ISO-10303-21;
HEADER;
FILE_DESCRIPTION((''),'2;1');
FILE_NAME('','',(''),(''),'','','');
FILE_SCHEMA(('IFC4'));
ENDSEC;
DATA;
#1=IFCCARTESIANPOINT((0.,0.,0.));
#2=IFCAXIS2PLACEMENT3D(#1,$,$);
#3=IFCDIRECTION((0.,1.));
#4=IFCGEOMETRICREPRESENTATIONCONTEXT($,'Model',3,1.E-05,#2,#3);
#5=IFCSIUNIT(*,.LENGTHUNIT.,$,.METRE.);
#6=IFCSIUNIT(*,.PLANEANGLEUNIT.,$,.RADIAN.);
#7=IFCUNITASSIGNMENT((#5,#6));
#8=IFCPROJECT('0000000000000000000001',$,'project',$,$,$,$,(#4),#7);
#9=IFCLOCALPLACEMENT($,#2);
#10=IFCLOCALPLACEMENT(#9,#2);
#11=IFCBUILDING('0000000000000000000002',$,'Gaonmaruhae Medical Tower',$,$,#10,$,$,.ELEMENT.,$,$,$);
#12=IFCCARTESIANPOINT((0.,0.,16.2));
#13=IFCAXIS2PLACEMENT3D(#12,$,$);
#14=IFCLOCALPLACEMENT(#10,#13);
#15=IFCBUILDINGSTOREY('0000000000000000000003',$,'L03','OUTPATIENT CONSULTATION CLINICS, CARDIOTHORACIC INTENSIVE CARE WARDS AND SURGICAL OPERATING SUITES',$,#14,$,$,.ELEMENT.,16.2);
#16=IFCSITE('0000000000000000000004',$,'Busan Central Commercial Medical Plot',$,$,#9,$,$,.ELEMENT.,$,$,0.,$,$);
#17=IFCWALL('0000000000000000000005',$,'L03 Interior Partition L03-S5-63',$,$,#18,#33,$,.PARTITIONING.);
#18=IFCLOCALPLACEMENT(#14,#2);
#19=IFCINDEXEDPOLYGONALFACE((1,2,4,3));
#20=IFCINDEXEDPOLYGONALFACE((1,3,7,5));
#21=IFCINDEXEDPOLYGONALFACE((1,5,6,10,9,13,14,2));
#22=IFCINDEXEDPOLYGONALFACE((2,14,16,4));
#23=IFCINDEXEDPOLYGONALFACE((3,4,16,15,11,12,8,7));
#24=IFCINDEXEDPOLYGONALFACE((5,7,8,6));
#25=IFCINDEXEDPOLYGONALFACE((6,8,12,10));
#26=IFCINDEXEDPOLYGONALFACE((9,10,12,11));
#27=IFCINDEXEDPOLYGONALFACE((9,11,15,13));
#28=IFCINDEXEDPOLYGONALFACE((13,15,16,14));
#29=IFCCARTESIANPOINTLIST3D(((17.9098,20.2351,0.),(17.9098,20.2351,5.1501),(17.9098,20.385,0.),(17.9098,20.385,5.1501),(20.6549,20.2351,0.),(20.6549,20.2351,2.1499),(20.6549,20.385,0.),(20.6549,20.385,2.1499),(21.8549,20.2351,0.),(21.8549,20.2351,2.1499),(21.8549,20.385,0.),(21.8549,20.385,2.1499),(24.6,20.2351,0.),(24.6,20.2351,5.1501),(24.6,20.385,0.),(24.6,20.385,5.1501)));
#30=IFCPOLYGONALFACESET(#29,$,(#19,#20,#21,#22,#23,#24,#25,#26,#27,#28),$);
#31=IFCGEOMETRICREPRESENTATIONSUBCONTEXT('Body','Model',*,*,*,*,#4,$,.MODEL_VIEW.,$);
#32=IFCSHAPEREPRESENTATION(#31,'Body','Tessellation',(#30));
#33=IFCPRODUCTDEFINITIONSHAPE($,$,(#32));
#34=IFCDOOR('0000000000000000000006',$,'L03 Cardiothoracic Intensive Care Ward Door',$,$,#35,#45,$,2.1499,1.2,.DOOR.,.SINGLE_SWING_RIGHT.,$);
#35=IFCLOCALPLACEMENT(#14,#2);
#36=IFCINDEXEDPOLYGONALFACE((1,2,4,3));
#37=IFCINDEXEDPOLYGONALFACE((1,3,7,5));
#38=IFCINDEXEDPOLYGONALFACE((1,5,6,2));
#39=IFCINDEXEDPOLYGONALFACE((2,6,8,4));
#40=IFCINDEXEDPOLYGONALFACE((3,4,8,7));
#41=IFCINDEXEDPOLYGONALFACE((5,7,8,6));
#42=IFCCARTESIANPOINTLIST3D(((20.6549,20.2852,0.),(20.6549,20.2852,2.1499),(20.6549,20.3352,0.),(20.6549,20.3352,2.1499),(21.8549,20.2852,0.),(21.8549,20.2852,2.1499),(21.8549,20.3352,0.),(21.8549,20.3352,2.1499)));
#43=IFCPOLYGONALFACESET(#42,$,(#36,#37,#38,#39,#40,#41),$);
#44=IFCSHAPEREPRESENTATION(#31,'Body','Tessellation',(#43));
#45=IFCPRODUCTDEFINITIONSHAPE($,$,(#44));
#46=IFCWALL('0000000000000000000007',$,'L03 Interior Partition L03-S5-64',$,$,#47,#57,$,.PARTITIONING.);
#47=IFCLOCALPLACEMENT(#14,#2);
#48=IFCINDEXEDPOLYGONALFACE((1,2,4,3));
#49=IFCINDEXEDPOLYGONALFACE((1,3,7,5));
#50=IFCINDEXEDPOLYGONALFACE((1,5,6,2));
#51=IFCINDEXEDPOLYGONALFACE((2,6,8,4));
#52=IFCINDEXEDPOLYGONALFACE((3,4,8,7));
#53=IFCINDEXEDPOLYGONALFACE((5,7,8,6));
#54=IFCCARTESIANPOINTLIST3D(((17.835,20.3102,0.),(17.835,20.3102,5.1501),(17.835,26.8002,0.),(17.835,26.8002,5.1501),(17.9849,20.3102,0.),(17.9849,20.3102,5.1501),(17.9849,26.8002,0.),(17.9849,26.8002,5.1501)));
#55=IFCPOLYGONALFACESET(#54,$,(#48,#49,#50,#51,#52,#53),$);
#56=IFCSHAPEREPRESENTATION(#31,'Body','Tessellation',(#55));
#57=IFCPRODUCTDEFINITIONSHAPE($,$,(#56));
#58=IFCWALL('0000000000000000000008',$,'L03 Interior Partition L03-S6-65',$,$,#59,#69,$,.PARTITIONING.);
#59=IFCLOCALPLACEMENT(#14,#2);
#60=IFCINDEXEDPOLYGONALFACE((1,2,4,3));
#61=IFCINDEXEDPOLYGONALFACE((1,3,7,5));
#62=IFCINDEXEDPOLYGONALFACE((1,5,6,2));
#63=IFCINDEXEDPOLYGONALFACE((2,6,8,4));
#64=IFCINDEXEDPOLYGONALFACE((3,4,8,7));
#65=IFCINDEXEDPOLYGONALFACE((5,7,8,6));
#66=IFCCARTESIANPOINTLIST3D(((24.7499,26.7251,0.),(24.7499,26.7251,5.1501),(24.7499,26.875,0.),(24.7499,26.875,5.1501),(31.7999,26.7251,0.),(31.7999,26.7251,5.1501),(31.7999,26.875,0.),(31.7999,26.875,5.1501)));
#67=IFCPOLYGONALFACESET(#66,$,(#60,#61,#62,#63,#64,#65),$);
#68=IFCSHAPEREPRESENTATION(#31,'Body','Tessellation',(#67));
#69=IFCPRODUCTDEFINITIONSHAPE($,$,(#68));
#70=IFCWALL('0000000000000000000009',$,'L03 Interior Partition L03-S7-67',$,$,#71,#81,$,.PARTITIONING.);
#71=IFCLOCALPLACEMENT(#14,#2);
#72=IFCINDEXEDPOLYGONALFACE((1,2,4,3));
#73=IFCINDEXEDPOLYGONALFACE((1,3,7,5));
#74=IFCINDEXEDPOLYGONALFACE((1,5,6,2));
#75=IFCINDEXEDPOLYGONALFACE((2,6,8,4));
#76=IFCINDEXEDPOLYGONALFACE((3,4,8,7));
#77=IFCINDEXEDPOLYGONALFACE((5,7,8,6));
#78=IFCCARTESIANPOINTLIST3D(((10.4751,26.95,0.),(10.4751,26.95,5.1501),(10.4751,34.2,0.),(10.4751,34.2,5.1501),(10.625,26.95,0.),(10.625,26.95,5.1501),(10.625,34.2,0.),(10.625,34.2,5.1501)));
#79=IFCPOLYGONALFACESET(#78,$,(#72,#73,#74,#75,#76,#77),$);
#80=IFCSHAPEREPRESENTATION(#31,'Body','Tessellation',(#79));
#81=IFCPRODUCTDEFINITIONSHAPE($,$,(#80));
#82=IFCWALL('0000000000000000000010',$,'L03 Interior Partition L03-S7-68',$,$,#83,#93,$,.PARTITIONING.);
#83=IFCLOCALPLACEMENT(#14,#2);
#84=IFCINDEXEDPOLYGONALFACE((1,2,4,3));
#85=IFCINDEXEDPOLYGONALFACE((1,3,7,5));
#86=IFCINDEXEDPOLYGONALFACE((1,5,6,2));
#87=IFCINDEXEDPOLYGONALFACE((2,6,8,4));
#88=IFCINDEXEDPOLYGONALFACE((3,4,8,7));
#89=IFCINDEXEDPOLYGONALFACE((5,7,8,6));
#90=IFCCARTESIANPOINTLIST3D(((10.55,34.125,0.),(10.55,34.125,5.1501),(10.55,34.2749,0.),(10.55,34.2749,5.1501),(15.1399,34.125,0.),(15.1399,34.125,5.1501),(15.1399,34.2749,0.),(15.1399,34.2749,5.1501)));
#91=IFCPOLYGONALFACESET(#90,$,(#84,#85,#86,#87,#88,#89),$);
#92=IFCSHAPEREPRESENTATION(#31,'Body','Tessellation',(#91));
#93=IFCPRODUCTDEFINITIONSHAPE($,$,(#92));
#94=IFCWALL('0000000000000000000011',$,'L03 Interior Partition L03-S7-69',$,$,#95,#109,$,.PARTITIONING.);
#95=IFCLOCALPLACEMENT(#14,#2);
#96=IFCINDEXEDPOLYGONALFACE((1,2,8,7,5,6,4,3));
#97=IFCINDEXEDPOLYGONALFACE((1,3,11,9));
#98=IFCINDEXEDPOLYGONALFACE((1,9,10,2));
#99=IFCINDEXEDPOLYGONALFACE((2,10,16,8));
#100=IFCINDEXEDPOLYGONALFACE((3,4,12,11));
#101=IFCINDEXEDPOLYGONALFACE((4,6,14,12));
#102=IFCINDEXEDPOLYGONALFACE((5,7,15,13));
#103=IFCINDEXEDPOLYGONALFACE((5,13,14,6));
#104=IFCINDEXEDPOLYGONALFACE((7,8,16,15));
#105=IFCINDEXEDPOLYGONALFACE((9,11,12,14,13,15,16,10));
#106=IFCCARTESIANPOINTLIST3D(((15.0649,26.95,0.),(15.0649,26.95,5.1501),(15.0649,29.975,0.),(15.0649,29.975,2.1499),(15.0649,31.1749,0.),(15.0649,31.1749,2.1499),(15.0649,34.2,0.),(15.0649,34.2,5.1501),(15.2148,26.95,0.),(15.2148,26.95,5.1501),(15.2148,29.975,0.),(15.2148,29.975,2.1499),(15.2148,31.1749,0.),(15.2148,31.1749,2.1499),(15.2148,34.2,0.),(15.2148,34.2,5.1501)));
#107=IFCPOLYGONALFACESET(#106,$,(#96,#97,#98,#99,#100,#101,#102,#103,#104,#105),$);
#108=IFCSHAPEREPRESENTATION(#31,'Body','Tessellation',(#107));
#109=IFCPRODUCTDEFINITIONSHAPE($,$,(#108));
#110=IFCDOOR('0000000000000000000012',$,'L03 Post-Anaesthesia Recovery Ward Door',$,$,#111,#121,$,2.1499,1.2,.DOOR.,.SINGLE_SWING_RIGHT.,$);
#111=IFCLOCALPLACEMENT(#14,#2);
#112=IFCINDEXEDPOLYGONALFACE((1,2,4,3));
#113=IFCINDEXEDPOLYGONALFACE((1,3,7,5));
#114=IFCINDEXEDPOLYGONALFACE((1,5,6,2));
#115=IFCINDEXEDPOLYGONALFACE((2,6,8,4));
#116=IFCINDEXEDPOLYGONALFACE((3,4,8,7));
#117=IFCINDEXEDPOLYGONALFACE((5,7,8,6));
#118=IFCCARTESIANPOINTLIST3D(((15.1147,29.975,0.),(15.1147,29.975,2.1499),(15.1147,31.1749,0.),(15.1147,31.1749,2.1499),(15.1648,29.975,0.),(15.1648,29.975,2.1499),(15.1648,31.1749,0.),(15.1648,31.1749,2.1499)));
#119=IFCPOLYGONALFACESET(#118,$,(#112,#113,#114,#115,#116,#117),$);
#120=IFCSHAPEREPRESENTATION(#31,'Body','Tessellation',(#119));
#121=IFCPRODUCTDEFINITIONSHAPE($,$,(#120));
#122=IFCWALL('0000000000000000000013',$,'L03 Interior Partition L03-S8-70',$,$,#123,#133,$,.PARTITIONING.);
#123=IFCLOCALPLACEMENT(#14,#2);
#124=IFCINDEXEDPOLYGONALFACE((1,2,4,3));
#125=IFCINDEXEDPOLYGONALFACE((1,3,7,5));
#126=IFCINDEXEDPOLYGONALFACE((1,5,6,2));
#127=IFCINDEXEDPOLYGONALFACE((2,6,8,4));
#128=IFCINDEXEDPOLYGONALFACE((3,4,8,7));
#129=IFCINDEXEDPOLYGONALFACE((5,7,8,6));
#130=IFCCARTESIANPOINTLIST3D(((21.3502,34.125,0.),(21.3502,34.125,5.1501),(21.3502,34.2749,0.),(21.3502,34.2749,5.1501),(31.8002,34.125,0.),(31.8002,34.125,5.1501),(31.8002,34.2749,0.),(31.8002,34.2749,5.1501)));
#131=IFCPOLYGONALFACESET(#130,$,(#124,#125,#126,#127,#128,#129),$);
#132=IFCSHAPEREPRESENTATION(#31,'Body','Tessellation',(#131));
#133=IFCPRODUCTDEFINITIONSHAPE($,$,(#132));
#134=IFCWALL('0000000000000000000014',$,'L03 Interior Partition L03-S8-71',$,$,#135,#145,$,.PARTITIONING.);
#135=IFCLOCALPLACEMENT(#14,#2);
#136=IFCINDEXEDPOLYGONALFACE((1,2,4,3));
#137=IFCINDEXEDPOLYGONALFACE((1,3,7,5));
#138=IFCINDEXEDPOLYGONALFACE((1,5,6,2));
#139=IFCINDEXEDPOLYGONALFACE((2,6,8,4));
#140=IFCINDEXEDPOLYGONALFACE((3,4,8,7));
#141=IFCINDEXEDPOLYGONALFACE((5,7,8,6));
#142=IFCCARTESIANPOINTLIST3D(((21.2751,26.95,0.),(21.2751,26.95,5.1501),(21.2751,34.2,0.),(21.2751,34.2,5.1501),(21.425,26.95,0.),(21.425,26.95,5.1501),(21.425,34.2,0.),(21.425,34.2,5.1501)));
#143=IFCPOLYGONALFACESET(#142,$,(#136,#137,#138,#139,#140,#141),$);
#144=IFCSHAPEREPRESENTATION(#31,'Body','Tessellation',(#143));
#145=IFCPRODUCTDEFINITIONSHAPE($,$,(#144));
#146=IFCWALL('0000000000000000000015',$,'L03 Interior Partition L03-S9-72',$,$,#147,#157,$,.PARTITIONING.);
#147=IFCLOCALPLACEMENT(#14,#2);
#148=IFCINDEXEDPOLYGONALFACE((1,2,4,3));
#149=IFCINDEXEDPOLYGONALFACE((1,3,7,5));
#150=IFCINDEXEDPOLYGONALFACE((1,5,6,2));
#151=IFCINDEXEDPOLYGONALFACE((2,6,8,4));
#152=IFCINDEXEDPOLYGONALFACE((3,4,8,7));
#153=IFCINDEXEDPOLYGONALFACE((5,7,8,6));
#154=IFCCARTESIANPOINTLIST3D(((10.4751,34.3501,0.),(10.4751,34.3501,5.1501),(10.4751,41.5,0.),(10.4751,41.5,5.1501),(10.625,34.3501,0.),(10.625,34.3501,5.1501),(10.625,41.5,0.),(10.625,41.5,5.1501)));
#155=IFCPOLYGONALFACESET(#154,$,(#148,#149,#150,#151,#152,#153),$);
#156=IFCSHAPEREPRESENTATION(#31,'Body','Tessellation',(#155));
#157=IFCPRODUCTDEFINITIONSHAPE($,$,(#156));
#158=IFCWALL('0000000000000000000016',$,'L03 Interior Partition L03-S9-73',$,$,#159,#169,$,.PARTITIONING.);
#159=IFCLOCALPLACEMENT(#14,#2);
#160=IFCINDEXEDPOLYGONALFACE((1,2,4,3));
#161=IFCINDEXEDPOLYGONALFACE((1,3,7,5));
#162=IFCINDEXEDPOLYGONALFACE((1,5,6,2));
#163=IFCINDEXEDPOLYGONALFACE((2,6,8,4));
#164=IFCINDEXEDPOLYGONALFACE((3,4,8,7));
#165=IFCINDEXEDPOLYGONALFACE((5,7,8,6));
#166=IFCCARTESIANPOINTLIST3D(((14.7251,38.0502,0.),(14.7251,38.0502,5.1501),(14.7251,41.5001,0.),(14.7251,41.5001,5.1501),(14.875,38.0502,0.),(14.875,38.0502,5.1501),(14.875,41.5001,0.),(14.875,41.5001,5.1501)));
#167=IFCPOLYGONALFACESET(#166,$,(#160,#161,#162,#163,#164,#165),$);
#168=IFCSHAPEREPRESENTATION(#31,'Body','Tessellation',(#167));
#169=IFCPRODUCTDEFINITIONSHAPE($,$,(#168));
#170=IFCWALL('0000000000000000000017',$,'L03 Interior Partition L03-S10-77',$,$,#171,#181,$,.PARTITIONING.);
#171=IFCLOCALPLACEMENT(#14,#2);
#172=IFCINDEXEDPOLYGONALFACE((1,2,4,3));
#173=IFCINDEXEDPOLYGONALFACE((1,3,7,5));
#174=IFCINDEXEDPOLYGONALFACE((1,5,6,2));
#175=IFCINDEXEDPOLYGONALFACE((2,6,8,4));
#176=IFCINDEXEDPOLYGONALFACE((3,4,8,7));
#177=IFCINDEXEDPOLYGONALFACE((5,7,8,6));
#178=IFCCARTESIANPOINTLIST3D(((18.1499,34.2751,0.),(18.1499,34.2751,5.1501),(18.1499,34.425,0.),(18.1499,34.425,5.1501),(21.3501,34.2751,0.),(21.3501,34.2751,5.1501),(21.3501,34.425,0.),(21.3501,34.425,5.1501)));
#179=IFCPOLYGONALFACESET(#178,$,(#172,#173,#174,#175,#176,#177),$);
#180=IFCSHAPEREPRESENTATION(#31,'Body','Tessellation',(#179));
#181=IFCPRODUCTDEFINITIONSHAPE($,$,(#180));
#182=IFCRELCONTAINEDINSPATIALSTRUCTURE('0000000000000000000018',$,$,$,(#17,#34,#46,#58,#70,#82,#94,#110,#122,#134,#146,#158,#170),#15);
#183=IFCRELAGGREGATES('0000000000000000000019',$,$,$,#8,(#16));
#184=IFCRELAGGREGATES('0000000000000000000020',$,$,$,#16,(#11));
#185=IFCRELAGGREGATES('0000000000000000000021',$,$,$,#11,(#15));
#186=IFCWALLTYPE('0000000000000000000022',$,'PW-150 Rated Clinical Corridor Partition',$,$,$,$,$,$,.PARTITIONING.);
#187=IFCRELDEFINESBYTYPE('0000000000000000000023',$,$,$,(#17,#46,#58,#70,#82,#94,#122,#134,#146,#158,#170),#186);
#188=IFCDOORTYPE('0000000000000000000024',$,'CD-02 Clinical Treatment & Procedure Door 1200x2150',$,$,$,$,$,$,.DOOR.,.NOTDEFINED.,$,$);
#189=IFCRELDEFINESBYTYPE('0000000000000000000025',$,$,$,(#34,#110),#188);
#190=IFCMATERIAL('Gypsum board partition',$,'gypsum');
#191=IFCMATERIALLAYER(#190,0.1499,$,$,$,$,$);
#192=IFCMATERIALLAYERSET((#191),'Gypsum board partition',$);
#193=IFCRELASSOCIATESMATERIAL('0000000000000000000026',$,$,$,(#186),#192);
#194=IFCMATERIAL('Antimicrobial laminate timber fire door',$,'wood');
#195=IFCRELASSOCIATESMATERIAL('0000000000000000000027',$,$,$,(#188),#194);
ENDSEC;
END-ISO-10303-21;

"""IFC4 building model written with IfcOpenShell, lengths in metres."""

from ifc_helpers import new_model, si_unit, direction, frame, frame_2d, origin, place, context, subcontext, project, spatial, rectangle, extrude, material, layer, layer_set, type_object, element, fill, save


model = new_model("IFC4")

# Units and contexts
model_context = context("Model", 3, precision=1e-05, world=origin(), true_north=direction((0.0, 1.0)))
body_context = subcontext(model_context, "Body", "Model", "MODEL_VIEW")
ifc_project = project(units=[si_unit("LENGTHUNIT", "METRE"), si_unit("PLANEANGLEUNIT", "RADIAN")], contexts=[model_context])

# Site, building, storey
site_placement = place(None, origin())
site = spatial("IfcSite", under=ifc_project, at=site_placement, Name="Busan Central Commercial Medical Plot", CompositionType="ELEMENT", RefElevation=0.0)
building_placement = place(site_placement, origin())
building = spatial("IfcBuilding", under=site, at=building_placement, Name="Gaonmaruhae Medical Tower", CompositionType="ELEMENT")
storey_placement = place(building_placement, frame((0.0, 0.0, 16.2)))
storey = spatial("IfcBuildingStorey", under=building, at=storey_placement, Name="L03", Description="OUTPATIENT CONSULTATION CLINICS, CARDIOTHORACIC INTENSIVE CARE WARDS AND SURGICAL OPERATING SUITES", CompositionType="ELEMENT", Elevation=16.2)

# Shared definitions
ifc_material_1 = material(Name="Gypsum board partition", Category="gypsum")
ifc_layer_1 = layer(ifc_material_1, 0.1499)
ifc_layer_set_1 = layer_set([ifc_layer_1], Name="Gypsum board partition")
wall_type_1 = type_object("IfcWallType", Name="PW-150 Rated Clinical Corridor Partition", PredefinedType="PARTITIONING", material=ifc_layer_set_1)

# Shared definitions
ifc_material_2 = material(Name="Antimicrobial laminate timber fire door", Category="wood")
door_type_1 = type_object("IfcDoorType", Name="CD-02 Clinical Treatment & Procedure Door 1200x2150", OperationType="NOTDEFINED", PredefinedType="DOOR", material=ifc_material_2)

# Wall, opening, door
wall_1_placement = place(storey_placement, frame((24.6001, 20.3101, 0.0), z_axis=(0.0, 0.0, 1.0), x_axis=(-1.0, 0.0, 0.0)))
wall_1 = element("IfcWall", 1, at=wall_1_placement, inside=storey, type_object=wall_type_1, Name="L03 Interior Partition L03-S5-63", PredefinedType="PARTITIONING", context=body_context, shape_type="SweptSolid", body=[
    extrude(rectangle(XDim=6.6902, YDim=0.1499, at=frame_2d((3.3452, 0.0))), origin(), (0.0, 0.0, 1.0), 5.1501),
])
opening_1_placement = place(wall_1_placement, frame((2.7451, 0.0, 0.0)))
opening_1 = element("IfcOpeningElement", 2, at=opening_1_placement, cuts=wall_1, PredefinedType="OPENING", context=body_context, shape_type="SweptSolid", body=[
    extrude(rectangle(XDim=1.2, YDim=2.1499, at=frame_2d((0.6001, 1.075))), frame((0.0, 0.085, 0.0), z_axis=(0.0, -1.0, 0.0), x_axis=(1.0, 0.0, 0.0)), (0.0, 0.0, 1.0), 0.1699),
])
door_1_placement = place(opening_1_placement, origin())
door_1 = element("IfcDoor", 3, at=door_1_placement, inside=storey, type_object=door_type_1, Name="L03 Cardiothoracic Intensive Care Ward Door", OperationType="SINGLE_SWING_RIGHT", OverallHeight=2.1499, OverallWidth=1.2, PredefinedType="DOOR", context=body_context, shape_type="SweptSolid", body=[
    extrude(rectangle(XDim=1.2, YDim=2.1499, at=frame_2d((0.6001, 1.075))), frame((0.0, 0.0249, 0.0), z_axis=(0.0, -1.0, 0.0), x_axis=(1.0, 0.0, 0.0)), (0.0, 0.0, 1.0), 0.05),
])
fill(opening_1, door_1)

# Walls
wall_2_placement = place(storey_placement, frame((17.9099, 20.3101, 0.0), z_axis=(0.0, 0.0, 1.0), x_axis=(0.0, 1.0, 0.0)))
element("IfcWall", 4, at=wall_2_placement, inside=storey, type_object=wall_type_1, Name="L03 Interior Partition L03-S5-64", PredefinedType="PARTITIONING", context=body_context, shape_type="SweptSolid", body=[
    extrude(rectangle(XDim=6.49, YDim=0.1499, at=frame_2d((3.2451, 0.0))), origin(), (0.0, 0.0, 1.0), 5.1501),
])
wall_3_placement = place(storey_placement, frame((24.75, 26.8, 0.0), z_axis=(0.0, 0.0, 1.0), x_axis=(1.0, 0.0, 0.0)))
element("IfcWall", 5, at=wall_3_placement, inside=storey, type_object=wall_type_1, Name="L03 Interior Partition L03-S6-65", PredefinedType="PARTITIONING", context=body_context, shape_type="SweptSolid", body=[
    extrude(rectangle(XDim=7.05, YDim=0.1499, at=frame_2d((3.5249, 0.0))), origin(), (0.0, 0.0, 1.0), 5.1501),
])
wall_4_placement = place(storey_placement, frame((10.55, 26.95, 0.0), z_axis=(0.0, 0.0, 1.0), x_axis=(0.0, 1.0, 0.0)))
element("IfcWall", 6, at=wall_4_placement, inside=storey, type_object=wall_type_1, Name="L03 Interior Partition L03-S7-67", PredefinedType="PARTITIONING", context=body_context, shape_type="SweptSolid", body=[
    extrude(rectangle(XDim=7.25, YDim=0.1499, at=frame_2d((3.625, 0.0))), origin(), (0.0, 0.0, 1.0), 5.1501),
])
wall_5_placement = place(storey_placement, frame((10.55, 34.2, 0.0), z_axis=(0.0, 0.0, 1.0), x_axis=(1.0, 0.0, 0.0)))
element("IfcWall", 7, at=wall_5_placement, inside=storey, type_object=wall_type_1, Name="L03 Interior Partition L03-S7-68", PredefinedType="PARTITIONING", context=body_context, shape_type="SweptSolid", body=[
    extrude(rectangle(XDim=4.5898, YDim=0.1499, at=frame_2d((2.2949, 0.0))), origin(), (0.0, 0.0, 1.0), 5.1501),
])

# Wall, opening, door
wall_6_placement = place(storey_placement, frame((15.1399, 34.2, 0.0), z_axis=(0.0, 0.0, 1.0), x_axis=(0.0, -1.0, 0.0)))
wall_6 = element("IfcWall", 8, at=wall_6_placement, inside=storey, type_object=wall_type_1, Name="L03 Interior Partition L03-S7-69", PredefinedType="PARTITIONING", context=body_context, shape_type="SweptSolid", body=[
    extrude(rectangle(XDim=7.25, YDim=0.1499, at=frame_2d((3.625, 0.0))), origin(), (0.0, 0.0, 1.0), 5.1501),
])
opening_2_placement = place(wall_6_placement, frame((3.0249, 0.0, 0.0)))
opening_2 = element("IfcOpeningElement", 9, at=opening_2_placement, cuts=wall_6, PredefinedType="OPENING", context=body_context, shape_type="SweptSolid", body=[
    extrude(rectangle(XDim=1.2, YDim=2.1499, at=frame_2d((0.6001, 1.075))), frame((0.0, 0.085, 0.0), z_axis=(0.0, -1.0, 0.0), x_axis=(1.0, 0.0, 0.0)), (0.0, 0.0, 1.0), 0.1699),
])
door_2_placement = place(opening_2_placement, origin())
door_2 = element("IfcDoor", 10, at=door_2_placement, inside=storey, type_object=door_type_1, Name="L03 Post-Anaesthesia Recovery Ward Door", OperationType="SINGLE_SWING_RIGHT", OverallHeight=2.1499, OverallWidth=1.2, PredefinedType="DOOR", context=body_context, shape_type="SweptSolid", body=[
    extrude(rectangle(XDim=1.2, YDim=2.1499, at=frame_2d((0.6001, 1.075))), frame((0.0, 0.0249, 0.0), z_axis=(0.0, -1.0, 0.0), x_axis=(1.0, 0.0, 0.0)), (0.0, 0.0, 1.0), 0.05),
])
fill(opening_2, door_2)

# Walls
wall_7_placement = place(storey_placement, frame((21.3501, 34.2, 0.0), z_axis=(0.0, 0.0, 1.0), x_axis=(1.0, 0.0, 0.0)))
element("IfcWall", 11, at=wall_7_placement, inside=storey, type_object=wall_type_1, Name="L03 Interior Partition L03-S8-70", PredefinedType="PARTITIONING", context=body_context, shape_type="SweptSolid", body=[
    extrude(rectangle(XDim=10.45, YDim=0.1499, at=frame_2d((5.2251, 0.0))), origin(), (0.0, 0.0, 1.0), 5.1501),
])
wall_8_placement = place(storey_placement, frame((21.3501, 26.95, 0.0), z_axis=(0.0, 0.0, 1.0), x_axis=(0.0, 1.0, 0.0)))
element("IfcWall", 12, at=wall_8_placement, inside=storey, type_object=wall_type_1, Name="L03 Interior Partition L03-S8-71", PredefinedType="PARTITIONING", context=body_context, shape_type="SweptSolid", body=[
    extrude(rectangle(XDim=7.25, YDim=0.1499, at=frame_2d((3.625, 0.0))), origin(), (0.0, 0.0, 1.0), 5.1501),
])
wall_9_placement = place(storey_placement, frame((10.55, 34.3501, 0.0), z_axis=(0.0, 0.0, 1.0), x_axis=(0.0, 1.0, 0.0)))
element("IfcWall", 13, at=wall_9_placement, inside=storey, type_object=wall_type_1, Name="L03 Interior Partition L03-S9-72", PredefinedType="PARTITIONING", context=body_context, shape_type="SweptSolid", body=[
    extrude(rectangle(XDim=7.1499, YDim=0.1499, at=frame_2d((3.575, 0.0))), origin(), (0.0, 0.0, 1.0), 5.1501),
])
wall_10_placement = place(storey_placement, frame((14.8, 38.05, 0.0), z_axis=(0.0, 0.0, 1.0), x_axis=(0.0, 1.0, 0.0)))
element("IfcWall", 14, at=wall_10_placement, inside=storey, type_object=wall_type_1, Name="L03 Interior Partition L03-S9-73", PredefinedType="PARTITIONING", context=body_context, shape_type="SweptSolid", body=[
    extrude(rectangle(XDim=3.45, YDim=0.1499, at=frame_2d((1.7251, 0.0))), origin(), (0.0, 0.0, 1.0), 5.1501),
])
wall_11_placement = place(storey_placement, frame((21.3501, 34.3501, 0.0), z_axis=(0.0, 0.0, 1.0), x_axis=(-1.0, 0.0, 0.0)))
element("IfcWall", 15, at=wall_11_placement, inside=storey, type_object=wall_type_1, Name="L03 Interior Partition L03-S10-77", PredefinedType="PARTITIONING", context=body_context, shape_type="SweptSolid", body=[
    extrude(rectangle(XDim=3.2002, YDim=0.1499, at=frame_2d((1.6001, 0.0))), origin(), (0.0, 0.0, 1.0), 5.1501),
])

save(model, "model.ifc")
